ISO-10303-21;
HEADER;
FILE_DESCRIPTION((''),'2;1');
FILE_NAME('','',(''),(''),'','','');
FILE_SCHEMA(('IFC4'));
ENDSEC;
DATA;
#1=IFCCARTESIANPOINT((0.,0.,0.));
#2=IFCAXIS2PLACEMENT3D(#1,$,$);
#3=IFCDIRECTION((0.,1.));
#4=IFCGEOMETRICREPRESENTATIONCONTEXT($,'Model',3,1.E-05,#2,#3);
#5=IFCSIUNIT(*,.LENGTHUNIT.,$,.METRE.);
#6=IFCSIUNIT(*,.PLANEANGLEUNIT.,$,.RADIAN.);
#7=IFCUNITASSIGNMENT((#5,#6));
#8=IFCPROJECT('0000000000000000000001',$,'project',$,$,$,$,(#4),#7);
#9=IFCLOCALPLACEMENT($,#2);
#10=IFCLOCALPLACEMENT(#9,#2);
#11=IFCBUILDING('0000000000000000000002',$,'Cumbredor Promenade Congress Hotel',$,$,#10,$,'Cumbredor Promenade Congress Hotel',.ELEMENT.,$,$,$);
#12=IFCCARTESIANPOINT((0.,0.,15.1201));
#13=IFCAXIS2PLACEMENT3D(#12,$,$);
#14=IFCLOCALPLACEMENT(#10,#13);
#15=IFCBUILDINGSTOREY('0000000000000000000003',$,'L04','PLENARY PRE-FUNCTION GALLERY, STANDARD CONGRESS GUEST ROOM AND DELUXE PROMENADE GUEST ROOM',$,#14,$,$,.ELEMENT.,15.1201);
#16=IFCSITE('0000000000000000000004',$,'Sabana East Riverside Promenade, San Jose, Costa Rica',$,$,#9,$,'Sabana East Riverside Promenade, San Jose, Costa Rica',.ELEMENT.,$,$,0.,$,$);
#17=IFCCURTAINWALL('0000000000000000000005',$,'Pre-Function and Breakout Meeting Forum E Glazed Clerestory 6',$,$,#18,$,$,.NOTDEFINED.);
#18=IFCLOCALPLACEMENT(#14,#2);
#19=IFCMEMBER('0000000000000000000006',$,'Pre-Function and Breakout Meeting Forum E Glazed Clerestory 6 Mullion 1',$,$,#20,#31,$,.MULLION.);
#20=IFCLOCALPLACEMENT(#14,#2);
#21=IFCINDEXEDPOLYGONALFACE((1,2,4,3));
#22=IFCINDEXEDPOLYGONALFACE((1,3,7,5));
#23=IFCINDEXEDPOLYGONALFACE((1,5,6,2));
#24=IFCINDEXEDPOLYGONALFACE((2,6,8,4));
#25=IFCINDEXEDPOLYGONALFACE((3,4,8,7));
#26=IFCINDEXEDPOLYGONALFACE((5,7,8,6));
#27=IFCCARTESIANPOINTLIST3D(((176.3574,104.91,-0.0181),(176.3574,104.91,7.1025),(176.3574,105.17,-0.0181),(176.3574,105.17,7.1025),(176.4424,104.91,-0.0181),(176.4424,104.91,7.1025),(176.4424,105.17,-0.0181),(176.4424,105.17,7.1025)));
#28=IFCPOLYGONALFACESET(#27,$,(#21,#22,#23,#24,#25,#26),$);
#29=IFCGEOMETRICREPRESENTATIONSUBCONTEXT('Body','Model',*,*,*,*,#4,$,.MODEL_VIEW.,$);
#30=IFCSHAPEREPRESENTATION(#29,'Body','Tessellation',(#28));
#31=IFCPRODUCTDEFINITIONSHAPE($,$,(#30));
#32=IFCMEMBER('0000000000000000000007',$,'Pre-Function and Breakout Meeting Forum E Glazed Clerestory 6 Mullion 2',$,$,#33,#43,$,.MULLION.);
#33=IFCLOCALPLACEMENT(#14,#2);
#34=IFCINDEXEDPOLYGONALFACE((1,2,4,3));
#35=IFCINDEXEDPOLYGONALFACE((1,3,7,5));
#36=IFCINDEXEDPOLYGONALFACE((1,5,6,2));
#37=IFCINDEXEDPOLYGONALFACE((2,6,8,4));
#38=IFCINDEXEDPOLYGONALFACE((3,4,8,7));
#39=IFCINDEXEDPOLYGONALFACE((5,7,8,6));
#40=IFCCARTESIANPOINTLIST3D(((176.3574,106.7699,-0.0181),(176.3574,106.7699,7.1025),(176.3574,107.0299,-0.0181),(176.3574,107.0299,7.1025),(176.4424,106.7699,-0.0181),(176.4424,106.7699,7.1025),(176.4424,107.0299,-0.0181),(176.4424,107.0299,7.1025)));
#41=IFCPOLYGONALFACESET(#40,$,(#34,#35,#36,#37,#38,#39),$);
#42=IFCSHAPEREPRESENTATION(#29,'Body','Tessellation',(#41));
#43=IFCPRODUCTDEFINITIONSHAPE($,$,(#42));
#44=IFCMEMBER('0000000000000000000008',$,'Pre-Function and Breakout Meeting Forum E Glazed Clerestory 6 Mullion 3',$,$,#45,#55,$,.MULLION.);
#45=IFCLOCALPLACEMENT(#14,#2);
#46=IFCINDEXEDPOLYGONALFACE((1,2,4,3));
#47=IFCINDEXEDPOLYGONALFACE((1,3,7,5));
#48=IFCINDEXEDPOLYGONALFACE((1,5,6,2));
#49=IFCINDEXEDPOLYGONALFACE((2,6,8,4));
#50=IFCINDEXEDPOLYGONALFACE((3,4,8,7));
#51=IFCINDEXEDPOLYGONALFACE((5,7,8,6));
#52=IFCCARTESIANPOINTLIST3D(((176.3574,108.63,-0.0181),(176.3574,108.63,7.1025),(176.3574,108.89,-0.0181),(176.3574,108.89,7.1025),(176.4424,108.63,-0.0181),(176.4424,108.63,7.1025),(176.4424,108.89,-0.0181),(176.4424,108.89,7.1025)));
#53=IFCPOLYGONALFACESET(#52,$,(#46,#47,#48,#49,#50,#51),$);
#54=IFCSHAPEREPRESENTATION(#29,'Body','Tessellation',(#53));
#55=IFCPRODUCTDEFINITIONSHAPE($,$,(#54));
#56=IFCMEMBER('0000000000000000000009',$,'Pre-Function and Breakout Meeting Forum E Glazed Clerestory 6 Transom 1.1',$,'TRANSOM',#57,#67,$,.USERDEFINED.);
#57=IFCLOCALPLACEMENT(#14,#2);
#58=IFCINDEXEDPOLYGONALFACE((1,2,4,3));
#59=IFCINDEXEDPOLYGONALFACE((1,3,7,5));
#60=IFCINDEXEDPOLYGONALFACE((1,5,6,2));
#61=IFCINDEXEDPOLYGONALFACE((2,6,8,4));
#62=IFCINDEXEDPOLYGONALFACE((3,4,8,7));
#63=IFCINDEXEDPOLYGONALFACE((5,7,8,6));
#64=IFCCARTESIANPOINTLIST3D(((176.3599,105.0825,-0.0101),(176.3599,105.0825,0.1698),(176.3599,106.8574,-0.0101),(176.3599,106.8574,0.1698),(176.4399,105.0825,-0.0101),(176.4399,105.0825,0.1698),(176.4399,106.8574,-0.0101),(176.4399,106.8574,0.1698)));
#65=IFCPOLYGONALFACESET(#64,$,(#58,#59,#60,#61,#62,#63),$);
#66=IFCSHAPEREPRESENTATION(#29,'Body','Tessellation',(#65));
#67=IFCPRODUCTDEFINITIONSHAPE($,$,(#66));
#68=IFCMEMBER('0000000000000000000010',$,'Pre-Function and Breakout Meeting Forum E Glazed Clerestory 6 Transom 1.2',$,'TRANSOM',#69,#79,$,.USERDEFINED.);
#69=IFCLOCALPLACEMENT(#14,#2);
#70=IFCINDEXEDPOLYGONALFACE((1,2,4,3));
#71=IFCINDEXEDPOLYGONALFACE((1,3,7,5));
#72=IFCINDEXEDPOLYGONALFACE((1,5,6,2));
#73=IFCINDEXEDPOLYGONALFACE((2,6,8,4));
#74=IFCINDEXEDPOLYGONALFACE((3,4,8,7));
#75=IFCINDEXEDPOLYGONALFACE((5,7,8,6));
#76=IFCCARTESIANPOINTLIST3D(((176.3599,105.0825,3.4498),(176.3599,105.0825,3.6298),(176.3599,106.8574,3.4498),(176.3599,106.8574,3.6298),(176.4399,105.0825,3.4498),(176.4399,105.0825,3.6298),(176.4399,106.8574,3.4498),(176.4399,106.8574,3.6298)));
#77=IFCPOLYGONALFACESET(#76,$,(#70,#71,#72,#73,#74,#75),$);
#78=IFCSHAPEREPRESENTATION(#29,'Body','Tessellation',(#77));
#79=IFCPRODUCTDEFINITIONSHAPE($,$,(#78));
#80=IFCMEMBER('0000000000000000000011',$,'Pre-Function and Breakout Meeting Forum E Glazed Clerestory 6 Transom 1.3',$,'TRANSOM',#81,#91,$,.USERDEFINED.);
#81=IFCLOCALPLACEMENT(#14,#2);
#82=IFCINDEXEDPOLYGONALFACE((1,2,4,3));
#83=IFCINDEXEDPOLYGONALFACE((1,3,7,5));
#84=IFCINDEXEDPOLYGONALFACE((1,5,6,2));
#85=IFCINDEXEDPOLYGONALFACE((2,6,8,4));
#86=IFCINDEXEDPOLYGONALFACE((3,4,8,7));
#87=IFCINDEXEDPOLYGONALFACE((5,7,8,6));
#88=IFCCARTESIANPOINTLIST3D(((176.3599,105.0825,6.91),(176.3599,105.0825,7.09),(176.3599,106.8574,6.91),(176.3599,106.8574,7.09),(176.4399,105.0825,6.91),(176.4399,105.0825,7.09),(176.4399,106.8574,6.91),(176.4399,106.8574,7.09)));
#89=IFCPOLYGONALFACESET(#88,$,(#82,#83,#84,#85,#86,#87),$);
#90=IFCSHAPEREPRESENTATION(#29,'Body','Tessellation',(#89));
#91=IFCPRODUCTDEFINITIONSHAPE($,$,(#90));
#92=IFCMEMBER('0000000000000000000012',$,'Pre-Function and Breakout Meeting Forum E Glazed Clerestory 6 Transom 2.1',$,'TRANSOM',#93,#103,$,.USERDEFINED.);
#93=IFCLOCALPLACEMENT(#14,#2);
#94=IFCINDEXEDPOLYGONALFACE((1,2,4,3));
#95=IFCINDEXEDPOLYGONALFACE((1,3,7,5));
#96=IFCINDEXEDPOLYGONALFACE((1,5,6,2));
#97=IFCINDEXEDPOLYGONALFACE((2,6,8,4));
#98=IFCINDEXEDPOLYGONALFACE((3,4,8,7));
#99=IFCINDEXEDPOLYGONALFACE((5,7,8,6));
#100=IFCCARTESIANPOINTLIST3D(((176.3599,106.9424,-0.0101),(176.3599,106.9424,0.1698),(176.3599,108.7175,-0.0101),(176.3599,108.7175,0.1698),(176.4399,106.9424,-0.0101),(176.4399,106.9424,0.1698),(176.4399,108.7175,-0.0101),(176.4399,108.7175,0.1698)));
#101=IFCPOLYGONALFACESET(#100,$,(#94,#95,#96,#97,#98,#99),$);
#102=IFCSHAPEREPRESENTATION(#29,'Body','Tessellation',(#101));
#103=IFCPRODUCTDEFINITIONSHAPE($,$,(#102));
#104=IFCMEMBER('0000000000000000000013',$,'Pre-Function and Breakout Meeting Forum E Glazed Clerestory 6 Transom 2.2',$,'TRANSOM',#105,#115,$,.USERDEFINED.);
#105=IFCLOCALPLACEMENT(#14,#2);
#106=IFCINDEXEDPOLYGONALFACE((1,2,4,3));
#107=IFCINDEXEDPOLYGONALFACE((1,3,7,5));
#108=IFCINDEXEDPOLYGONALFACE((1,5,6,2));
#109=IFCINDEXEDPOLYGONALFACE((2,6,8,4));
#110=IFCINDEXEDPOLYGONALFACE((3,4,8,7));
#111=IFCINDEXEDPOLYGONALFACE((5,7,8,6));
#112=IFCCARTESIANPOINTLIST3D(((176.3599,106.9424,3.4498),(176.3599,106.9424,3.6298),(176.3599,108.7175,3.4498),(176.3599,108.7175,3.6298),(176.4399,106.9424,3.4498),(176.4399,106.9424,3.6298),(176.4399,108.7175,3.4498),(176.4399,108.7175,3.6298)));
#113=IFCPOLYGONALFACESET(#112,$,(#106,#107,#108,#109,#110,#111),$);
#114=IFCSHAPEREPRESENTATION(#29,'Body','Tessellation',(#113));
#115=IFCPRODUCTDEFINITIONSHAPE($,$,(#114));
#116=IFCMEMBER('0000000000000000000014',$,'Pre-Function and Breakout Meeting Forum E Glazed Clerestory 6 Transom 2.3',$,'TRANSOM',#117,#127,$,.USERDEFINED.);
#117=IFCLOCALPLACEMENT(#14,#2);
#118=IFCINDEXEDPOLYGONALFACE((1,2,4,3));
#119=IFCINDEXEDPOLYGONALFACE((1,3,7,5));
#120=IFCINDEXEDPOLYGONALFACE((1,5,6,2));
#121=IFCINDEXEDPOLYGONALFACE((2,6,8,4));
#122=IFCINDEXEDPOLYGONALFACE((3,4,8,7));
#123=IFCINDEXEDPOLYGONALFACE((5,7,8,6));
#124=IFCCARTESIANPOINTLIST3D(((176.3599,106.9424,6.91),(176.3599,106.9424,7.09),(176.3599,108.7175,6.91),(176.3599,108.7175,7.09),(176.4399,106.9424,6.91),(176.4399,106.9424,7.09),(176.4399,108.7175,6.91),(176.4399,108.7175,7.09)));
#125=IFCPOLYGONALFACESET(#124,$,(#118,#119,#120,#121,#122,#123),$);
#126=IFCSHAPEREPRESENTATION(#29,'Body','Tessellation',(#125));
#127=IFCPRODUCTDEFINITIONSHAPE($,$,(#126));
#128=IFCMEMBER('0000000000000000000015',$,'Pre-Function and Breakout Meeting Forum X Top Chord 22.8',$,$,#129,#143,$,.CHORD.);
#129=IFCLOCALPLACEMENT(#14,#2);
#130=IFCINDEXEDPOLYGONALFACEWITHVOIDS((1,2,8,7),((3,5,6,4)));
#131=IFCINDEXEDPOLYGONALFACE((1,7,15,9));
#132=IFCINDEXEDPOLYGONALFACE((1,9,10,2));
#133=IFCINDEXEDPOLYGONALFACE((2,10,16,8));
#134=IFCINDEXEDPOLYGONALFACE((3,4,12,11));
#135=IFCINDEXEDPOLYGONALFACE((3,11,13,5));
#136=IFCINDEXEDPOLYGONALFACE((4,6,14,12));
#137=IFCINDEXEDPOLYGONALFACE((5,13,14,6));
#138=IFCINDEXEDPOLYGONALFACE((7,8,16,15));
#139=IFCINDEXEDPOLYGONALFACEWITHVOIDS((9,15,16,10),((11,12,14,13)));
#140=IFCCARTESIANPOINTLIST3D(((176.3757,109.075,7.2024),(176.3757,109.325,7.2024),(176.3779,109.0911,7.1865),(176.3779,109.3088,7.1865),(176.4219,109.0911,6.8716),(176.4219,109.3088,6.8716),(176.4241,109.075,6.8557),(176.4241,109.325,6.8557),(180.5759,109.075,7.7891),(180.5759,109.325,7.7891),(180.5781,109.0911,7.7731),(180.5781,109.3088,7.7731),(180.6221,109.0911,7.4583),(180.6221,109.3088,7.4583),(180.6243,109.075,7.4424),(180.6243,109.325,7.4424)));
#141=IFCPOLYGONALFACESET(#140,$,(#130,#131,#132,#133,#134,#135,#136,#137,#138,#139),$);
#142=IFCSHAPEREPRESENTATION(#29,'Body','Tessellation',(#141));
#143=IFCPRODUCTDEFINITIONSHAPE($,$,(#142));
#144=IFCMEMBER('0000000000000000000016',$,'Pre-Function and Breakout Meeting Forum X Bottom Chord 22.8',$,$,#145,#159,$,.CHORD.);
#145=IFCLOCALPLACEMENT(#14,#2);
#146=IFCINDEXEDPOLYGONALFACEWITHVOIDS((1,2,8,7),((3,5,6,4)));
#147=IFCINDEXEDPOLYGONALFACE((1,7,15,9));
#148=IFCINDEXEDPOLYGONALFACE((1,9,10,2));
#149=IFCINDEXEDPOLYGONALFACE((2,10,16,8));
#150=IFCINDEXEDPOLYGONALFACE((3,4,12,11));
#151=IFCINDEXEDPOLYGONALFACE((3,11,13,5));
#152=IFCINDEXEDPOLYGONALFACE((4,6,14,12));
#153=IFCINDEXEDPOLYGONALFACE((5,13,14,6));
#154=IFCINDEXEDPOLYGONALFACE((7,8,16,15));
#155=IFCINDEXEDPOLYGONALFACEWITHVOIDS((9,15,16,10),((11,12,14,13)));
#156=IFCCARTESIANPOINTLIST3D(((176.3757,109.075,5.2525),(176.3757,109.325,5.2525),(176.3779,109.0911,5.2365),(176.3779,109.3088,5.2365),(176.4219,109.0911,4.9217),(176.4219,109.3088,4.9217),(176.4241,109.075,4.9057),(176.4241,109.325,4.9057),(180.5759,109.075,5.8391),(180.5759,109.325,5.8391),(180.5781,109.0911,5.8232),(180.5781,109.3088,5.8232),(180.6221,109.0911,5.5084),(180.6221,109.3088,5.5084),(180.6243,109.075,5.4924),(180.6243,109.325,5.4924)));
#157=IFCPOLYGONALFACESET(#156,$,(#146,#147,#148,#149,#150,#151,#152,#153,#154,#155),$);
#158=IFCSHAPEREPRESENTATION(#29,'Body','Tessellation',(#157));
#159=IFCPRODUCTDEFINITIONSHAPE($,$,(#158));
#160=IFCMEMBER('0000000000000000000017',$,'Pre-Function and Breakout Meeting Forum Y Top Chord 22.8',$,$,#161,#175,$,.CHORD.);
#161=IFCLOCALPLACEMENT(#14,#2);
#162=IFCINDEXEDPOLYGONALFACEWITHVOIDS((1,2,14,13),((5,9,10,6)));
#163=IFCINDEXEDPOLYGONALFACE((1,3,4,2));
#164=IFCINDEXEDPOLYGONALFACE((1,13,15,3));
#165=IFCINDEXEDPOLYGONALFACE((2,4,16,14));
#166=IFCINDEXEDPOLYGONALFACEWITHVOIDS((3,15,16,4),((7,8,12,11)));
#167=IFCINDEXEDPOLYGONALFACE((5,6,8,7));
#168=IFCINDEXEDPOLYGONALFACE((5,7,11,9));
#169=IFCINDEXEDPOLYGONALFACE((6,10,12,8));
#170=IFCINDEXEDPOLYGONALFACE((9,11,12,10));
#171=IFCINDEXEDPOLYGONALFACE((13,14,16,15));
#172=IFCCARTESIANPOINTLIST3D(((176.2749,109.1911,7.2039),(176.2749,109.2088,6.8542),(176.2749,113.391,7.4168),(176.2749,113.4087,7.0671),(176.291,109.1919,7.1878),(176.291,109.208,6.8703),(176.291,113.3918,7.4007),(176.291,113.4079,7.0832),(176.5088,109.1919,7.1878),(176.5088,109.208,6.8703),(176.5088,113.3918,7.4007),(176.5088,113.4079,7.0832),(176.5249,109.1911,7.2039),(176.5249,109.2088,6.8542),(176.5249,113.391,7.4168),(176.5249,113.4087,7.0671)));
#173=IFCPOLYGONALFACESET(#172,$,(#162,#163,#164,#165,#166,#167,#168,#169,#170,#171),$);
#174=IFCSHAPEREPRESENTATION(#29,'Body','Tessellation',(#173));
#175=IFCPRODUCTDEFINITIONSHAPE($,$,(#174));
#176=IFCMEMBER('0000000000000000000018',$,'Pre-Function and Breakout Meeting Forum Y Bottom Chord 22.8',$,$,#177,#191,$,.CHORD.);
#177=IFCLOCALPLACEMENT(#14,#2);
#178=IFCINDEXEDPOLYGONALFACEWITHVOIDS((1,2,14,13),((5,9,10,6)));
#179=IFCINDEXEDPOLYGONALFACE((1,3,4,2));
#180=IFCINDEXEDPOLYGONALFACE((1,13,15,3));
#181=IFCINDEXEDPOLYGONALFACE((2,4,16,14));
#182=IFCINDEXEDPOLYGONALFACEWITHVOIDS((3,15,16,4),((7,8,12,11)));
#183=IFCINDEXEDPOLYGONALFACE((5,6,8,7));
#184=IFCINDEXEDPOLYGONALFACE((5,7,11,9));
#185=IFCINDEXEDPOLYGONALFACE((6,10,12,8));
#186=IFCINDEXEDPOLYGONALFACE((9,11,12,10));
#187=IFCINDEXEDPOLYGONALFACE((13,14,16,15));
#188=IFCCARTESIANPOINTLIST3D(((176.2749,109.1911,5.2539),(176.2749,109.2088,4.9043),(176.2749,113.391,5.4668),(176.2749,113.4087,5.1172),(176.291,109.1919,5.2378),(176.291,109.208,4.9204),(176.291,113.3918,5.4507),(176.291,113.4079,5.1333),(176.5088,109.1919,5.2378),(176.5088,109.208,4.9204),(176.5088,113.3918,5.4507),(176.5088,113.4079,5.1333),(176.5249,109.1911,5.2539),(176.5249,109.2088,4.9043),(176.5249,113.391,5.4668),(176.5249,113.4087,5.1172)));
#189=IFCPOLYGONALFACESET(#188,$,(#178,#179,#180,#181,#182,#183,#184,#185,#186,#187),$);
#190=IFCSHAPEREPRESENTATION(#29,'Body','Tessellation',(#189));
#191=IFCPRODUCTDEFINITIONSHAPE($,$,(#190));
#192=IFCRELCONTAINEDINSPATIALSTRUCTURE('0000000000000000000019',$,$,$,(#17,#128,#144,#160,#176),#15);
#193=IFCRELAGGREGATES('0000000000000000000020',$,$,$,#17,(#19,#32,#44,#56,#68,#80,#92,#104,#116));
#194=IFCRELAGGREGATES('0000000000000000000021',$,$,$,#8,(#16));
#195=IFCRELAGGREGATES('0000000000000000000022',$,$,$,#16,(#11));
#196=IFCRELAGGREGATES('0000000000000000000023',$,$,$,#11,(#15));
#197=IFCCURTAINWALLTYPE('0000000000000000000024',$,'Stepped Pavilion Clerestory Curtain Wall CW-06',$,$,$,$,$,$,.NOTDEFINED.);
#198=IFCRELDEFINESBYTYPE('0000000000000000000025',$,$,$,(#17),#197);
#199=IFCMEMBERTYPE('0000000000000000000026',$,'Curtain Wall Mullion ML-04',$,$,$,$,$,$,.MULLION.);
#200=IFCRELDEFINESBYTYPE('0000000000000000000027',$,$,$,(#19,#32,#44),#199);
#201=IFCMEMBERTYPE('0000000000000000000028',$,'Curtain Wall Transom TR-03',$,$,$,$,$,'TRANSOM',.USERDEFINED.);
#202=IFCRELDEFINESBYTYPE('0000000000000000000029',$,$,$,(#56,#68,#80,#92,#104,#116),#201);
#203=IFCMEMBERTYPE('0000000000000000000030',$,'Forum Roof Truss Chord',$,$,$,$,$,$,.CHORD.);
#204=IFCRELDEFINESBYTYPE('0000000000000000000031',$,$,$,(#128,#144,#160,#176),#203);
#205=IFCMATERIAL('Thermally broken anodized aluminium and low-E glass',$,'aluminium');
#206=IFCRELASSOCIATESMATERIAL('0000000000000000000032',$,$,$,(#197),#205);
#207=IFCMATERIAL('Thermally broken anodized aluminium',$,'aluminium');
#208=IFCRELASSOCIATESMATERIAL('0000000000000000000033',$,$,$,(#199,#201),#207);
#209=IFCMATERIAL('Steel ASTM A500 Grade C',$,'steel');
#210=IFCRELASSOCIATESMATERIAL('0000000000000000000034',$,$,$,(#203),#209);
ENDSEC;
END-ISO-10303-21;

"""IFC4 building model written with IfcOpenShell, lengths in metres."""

from ifc_helpers import new_model, si_unit, direction, frame, origin, origin_2d, place, context, subcontext, project, spatial, rectangle, hollow_rectangle, extrude, material, material_profile, profile_set, type_object, element, aggregate, save


model = new_model("IFC4")

# Units and contexts
model_context = context("Model", 3, precision=1e-05, world=origin(), true_north=direction((0.0, 1.0)))
body_context = subcontext(model_context, "Body", "Model", "MODEL_VIEW")
ifc_project = project(units=[si_unit("LENGTHUNIT", "METRE"), si_unit("PLANEANGLEUNIT", "RADIAN")], contexts=[model_context])

# Site, building, storey
site_placement = place(None, origin())
site = spatial("IfcSite", under=ifc_project, at=site_placement, Name="Sabana East Riverside Promenade, San Jose, Costa Rica", LongName="Sabana East Riverside Promenade, San Jose, Costa Rica", CompositionType="ELEMENT", RefElevation=0.0)
building_placement = place(site_placement, origin())
building = spatial("IfcBuilding", under=site, at=building_placement, Name="Cumbredor Promenade Congress Hotel", LongName="Cumbredor Promenade Congress Hotel", CompositionType="ELEMENT")
storey_placement = place(building_placement, frame((0.0, 0.0, 15.1201)))
storey = spatial("IfcBuildingStorey", under=building, at=storey_placement, Name="L04", Description="PLENARY PRE-FUNCTION GALLERY, STANDARD CONGRESS GUEST ROOM AND DELUXE PROMENADE GUEST ROOM", CompositionType="ELEMENT", Elevation=15.1201)

# Curtain wall, members
ifc_material_1 = material(Name="Thermally broken anodized aluminium and low-E glass", Category="aluminium")
curtain_wall_type = type_object("IfcCurtainWallType", Name="Stepped Pavilion Clerestory Curtain Wall CW-06", PredefinedType="NOTDEFINED", material=ifc_material_1)
curtain_wall_placement = place(storey_placement, origin())
curtain_wall = element("IfcCurtainWall", 1, at=curtain_wall_placement, inside=storey, type_object=curtain_wall_type, Name="Pre-Function and Breakout Meeting Forum E Glazed Clerestory 6", PredefinedType="NOTDEFINED")
ifc_material_2 = material(Name="Thermally broken anodized aluminium", Category="aluminium")
ifc_material_profile_1 = material_profile(ifc_material_2, rectangle(XDim=0.085, YDim=0.26, at=origin_2d()), Name="ALU MULLION CLERESTORY 85x260")
ifc_profile_set_1 = profile_set([ifc_material_profile_1], Name="Thermally broken anodized aluminium")
member_type_1 = type_object("IfcMemberType", Name="Curtain Wall Mullion ML-04", PredefinedType="MULLION", material=ifc_profile_set_1)
member_1_placement = place(storey_placement, frame((176.3999, 105.04, -0.0181), z_axis=(0.0, 0.0, 1.0), x_axis=(1.0, 0.0, 0.0)))
member_1 = element("IfcMember", 2, at=member_1_placement, type_object=member_type_1, Name="Pre-Function and Breakout Meeting Forum E Glazed Clerestory 6 Mullion 1", PredefinedType="MULLION", context=body_context, shape_type="SweptSolid", body=[
    extrude(rectangle(XDim=0.085, YDim=0.26, at=origin_2d()), origin(), (0.0, 0.0, 1.0), 7.1206),
])
member_2_placement = place(storey_placement, frame((176.3999, 106.8999, -0.0181), z_axis=(0.0, 0.0, 1.0), x_axis=(1.0, 0.0, 0.0)))
member_2 = element("IfcMember", 3, at=member_2_placement, type_object=member_type_1, Name="Pre-Function and Breakout Meeting Forum E Glazed Clerestory 6 Mullion 2", PredefinedType="MULLION", context=body_context, shape_type="SweptSolid", body=[
    extrude(rectangle(XDim=0.085, YDim=0.26, at=origin_2d()), origin(), (0.0, 0.0, 1.0), 7.1206),
])
member_3_placement = place(storey_placement, frame((176.3999, 108.76, -0.0181), z_axis=(0.0, 0.0, 1.0), x_axis=(1.0, 0.0, 0.0)))
member_3 = element("IfcMember", 4, at=member_3_placement, type_object=member_type_1, Name="Pre-Function and Breakout Meeting Forum E Glazed Clerestory 6 Mullion 3", PredefinedType="MULLION", context=body_context, shape_type="SweptSolid", body=[
    extrude(rectangle(XDim=0.085, YDim=0.26, at=origin_2d()), origin(), (0.0, 0.0, 1.0), 7.1206),
])
ifc_material_profile_2 = material_profile(ifc_material_2, rectangle(XDim=0.0801, YDim=0.1799, at=origin_2d()), Name="ALU TRANSOM 80x180")
ifc_profile_set_2 = profile_set([ifc_material_profile_2], Name="Thermally broken anodized aluminium")
member_type_2 = type_object("IfcMemberType", Name="Curtain Wall Transom TR-03", ElementType="TRANSOM", PredefinedType="USERDEFINED", material=ifc_profile_set_2)
member_4_placement = place(storey_placement, frame((176.3999, 105.0825, 0.0798), z_axis=(0.0, 1.0, 0.0), x_axis=(-1.0, 0.0, 0.0)))
member_4 = element("IfcMember", 5, at=member_4_placement, type_object=member_type_2, Name="Pre-Function and Breakout Meeting Forum E Glazed Clerestory 6 Transom 1.1", ObjectType="TRANSOM", PredefinedType="USERDEFINED", context=body_context, shape_type="SweptSolid", body=[
    extrude(rectangle(XDim=0.0801, YDim=0.1799, at=origin_2d()), origin(), (0.0, 0.0, 1.0), 1.7749),
])
member_5_placement = place(storey_placement, frame((176.3999, 105.0825, 3.5398), z_axis=(0.0, 1.0, 0.0), x_axis=(-1.0, 0.0, 0.0)))
member_5 = element("IfcMember", 6, at=member_5_placement, type_object=member_type_2, Name="Pre-Function and Breakout Meeting Forum E Glazed Clerestory 6 Transom 1.2", ObjectType="TRANSOM", PredefinedType="USERDEFINED", context=body_context, shape_type="SweptSolid", body=[
    extrude(rectangle(XDim=0.0801, YDim=0.1799, at=origin_2d()), origin(), (0.0, 0.0, 1.0), 1.7749),
])
member_6_placement = place(storey_placement, frame((176.3999, 105.0825, 7.0), z_axis=(0.0, 1.0, 0.0), x_axis=(-1.0, 0.0, 0.0)))
member_6 = element("IfcMember", 7, at=member_6_placement, type_object=member_type_2, Name="Pre-Function and Breakout Meeting Forum E Glazed Clerestory 6 Transom 1.3", ObjectType="TRANSOM", PredefinedType="USERDEFINED", context=body_context, shape_type="SweptSolid", body=[
    extrude(rectangle(XDim=0.0801, YDim=0.1799, at=origin_2d()), origin(), (0.0, 0.0, 1.0), 1.7749),
])
member_7_placement = place(storey_placement, frame((176.3999, 106.9424, 0.0798), z_axis=(0.0, 1.0, 0.0), x_axis=(-1.0, 0.0, 0.0)))
member_7 = element("IfcMember", 8, at=member_7_placement, type_object=member_type_2, Name="Pre-Function and Breakout Meeting Forum E Glazed Clerestory 6 Transom 2.1", ObjectType="TRANSOM", PredefinedType="USERDEFINED", context=body_context, shape_type="SweptSolid", body=[
    extrude(rectangle(XDim=0.0801, YDim=0.1799, at=origin_2d()), origin(), (0.0, 0.0, 1.0), 1.7751),
])
member_8_placement = place(storey_placement, frame((176.3999, 106.9424, 3.5398), z_axis=(0.0, 1.0, 0.0), x_axis=(-1.0, 0.0, 0.0)))
member_8 = element("IfcMember", 9, at=member_8_placement, type_object=member_type_2, Name="Pre-Function and Breakout Meeting Forum E Glazed Clerestory 6 Transom 2.2", ObjectType="TRANSOM", PredefinedType="USERDEFINED", context=body_context, shape_type="SweptSolid", body=[
    extrude(rectangle(XDim=0.0801, YDim=0.1799, at=origin_2d()), origin(), (0.0, 0.0, 1.0), 1.7751),
])
member_9_placement = place(storey_placement, frame((176.3999, 106.9424, 7.0), z_axis=(0.0, 1.0, 0.0), x_axis=(-1.0, 0.0, 0.0)))
member_9 = element("IfcMember", 10, at=member_9_placement, type_object=member_type_2, Name="Pre-Function and Breakout Meeting Forum E Glazed Clerestory 6 Transom 2.3", ObjectType="TRANSOM", PredefinedType="USERDEFINED", context=body_context, shape_type="SweptSolid", body=[
    extrude(rectangle(XDim=0.0801, YDim=0.1799, at=origin_2d()), origin(), (0.0, 0.0, 1.0), 1.7751),
])

# Members
ifc_material_3 = material(Name="Steel ASTM A500 Grade C", Category="steel")
ifc_material_profile_3 = material_profile(ifc_material_3, hollow_rectangle(XDim=0.25, YDim=0.3501, WallThickness=0.0161, at=origin_2d()), Name="HSS 350x250x16")
ifc_profile_set_3 = profile_set([ifc_material_profile_3], Name="Steel ASTM A500 Grade C")
member_type_3 = type_object("IfcMemberType", Name="Forum Roof Truss Chord", PredefinedType="CHORD", material=ifc_profile_set_3)
for number, where, z_axis, x_axis, name in (
    (11, (176.3999, 109.2, 7.0291), (0.990386, 0.0, 0.138334), (0.0, 1.0, 0.0), "Pre-Function and Breakout Meeting Forum X Top Chord 22.8"),
    (12, (176.3999, 109.2, 5.0791), (0.990386, 0.0, 0.138334), (0.0, 1.0, 0.0), "Pre-Function and Breakout Meeting Forum X Bottom Chord 22.8"),
):
    element("IfcMember", number, at=place(storey_placement, frame(where, z_axis=z_axis, x_axis=x_axis)), inside=storey, type_object=member_type_3, Name=name, PredefinedType="CHORD", context=body_context, shape_type="SweptSolid", body=[
        extrude(hollow_rectangle(XDim=0.25, YDim=0.3501, WallThickness=0.0161, at=origin_2d()), origin(), (0.0, 0.0, 1.0), 4.241),
    ])
for number, where, z_axis, x_axis, name in (
    (13, (176.3999, 109.2, 7.0291), (0.0, 0.998718, 0.050624), (-1.0, 0.0, 0.0), "Pre-Function and Breakout Meeting Forum Y Top Chord 22.8"),
    (14, (176.3999, 109.2, 5.0791), (0.0, 0.998718, 0.050624), (-1.0, 0.0, 0.0), "Pre-Function and Breakout Meeting Forum Y Bottom Chord 22.8"),
):
    element("IfcMember", number, at=place(storey_placement, frame(where, z_axis=z_axis, x_axis=x_axis)), inside=storey, type_object=member_type_3, Name=name, PredefinedType="CHORD", context=body_context, shape_type="SweptSolid", body=[
        extrude(hollow_rectangle(XDim=0.25, YDim=0.3501, WallThickness=0.0161, at=origin_2d()), origin(), (0.0, 0.0, 1.0), 4.2053),
    ])

aggregate(curtain_wall, [member_1, member_2, member_3, member_4, member_5, member_6, member_7, member_8, member_9])

save(model, "model.ifc")
